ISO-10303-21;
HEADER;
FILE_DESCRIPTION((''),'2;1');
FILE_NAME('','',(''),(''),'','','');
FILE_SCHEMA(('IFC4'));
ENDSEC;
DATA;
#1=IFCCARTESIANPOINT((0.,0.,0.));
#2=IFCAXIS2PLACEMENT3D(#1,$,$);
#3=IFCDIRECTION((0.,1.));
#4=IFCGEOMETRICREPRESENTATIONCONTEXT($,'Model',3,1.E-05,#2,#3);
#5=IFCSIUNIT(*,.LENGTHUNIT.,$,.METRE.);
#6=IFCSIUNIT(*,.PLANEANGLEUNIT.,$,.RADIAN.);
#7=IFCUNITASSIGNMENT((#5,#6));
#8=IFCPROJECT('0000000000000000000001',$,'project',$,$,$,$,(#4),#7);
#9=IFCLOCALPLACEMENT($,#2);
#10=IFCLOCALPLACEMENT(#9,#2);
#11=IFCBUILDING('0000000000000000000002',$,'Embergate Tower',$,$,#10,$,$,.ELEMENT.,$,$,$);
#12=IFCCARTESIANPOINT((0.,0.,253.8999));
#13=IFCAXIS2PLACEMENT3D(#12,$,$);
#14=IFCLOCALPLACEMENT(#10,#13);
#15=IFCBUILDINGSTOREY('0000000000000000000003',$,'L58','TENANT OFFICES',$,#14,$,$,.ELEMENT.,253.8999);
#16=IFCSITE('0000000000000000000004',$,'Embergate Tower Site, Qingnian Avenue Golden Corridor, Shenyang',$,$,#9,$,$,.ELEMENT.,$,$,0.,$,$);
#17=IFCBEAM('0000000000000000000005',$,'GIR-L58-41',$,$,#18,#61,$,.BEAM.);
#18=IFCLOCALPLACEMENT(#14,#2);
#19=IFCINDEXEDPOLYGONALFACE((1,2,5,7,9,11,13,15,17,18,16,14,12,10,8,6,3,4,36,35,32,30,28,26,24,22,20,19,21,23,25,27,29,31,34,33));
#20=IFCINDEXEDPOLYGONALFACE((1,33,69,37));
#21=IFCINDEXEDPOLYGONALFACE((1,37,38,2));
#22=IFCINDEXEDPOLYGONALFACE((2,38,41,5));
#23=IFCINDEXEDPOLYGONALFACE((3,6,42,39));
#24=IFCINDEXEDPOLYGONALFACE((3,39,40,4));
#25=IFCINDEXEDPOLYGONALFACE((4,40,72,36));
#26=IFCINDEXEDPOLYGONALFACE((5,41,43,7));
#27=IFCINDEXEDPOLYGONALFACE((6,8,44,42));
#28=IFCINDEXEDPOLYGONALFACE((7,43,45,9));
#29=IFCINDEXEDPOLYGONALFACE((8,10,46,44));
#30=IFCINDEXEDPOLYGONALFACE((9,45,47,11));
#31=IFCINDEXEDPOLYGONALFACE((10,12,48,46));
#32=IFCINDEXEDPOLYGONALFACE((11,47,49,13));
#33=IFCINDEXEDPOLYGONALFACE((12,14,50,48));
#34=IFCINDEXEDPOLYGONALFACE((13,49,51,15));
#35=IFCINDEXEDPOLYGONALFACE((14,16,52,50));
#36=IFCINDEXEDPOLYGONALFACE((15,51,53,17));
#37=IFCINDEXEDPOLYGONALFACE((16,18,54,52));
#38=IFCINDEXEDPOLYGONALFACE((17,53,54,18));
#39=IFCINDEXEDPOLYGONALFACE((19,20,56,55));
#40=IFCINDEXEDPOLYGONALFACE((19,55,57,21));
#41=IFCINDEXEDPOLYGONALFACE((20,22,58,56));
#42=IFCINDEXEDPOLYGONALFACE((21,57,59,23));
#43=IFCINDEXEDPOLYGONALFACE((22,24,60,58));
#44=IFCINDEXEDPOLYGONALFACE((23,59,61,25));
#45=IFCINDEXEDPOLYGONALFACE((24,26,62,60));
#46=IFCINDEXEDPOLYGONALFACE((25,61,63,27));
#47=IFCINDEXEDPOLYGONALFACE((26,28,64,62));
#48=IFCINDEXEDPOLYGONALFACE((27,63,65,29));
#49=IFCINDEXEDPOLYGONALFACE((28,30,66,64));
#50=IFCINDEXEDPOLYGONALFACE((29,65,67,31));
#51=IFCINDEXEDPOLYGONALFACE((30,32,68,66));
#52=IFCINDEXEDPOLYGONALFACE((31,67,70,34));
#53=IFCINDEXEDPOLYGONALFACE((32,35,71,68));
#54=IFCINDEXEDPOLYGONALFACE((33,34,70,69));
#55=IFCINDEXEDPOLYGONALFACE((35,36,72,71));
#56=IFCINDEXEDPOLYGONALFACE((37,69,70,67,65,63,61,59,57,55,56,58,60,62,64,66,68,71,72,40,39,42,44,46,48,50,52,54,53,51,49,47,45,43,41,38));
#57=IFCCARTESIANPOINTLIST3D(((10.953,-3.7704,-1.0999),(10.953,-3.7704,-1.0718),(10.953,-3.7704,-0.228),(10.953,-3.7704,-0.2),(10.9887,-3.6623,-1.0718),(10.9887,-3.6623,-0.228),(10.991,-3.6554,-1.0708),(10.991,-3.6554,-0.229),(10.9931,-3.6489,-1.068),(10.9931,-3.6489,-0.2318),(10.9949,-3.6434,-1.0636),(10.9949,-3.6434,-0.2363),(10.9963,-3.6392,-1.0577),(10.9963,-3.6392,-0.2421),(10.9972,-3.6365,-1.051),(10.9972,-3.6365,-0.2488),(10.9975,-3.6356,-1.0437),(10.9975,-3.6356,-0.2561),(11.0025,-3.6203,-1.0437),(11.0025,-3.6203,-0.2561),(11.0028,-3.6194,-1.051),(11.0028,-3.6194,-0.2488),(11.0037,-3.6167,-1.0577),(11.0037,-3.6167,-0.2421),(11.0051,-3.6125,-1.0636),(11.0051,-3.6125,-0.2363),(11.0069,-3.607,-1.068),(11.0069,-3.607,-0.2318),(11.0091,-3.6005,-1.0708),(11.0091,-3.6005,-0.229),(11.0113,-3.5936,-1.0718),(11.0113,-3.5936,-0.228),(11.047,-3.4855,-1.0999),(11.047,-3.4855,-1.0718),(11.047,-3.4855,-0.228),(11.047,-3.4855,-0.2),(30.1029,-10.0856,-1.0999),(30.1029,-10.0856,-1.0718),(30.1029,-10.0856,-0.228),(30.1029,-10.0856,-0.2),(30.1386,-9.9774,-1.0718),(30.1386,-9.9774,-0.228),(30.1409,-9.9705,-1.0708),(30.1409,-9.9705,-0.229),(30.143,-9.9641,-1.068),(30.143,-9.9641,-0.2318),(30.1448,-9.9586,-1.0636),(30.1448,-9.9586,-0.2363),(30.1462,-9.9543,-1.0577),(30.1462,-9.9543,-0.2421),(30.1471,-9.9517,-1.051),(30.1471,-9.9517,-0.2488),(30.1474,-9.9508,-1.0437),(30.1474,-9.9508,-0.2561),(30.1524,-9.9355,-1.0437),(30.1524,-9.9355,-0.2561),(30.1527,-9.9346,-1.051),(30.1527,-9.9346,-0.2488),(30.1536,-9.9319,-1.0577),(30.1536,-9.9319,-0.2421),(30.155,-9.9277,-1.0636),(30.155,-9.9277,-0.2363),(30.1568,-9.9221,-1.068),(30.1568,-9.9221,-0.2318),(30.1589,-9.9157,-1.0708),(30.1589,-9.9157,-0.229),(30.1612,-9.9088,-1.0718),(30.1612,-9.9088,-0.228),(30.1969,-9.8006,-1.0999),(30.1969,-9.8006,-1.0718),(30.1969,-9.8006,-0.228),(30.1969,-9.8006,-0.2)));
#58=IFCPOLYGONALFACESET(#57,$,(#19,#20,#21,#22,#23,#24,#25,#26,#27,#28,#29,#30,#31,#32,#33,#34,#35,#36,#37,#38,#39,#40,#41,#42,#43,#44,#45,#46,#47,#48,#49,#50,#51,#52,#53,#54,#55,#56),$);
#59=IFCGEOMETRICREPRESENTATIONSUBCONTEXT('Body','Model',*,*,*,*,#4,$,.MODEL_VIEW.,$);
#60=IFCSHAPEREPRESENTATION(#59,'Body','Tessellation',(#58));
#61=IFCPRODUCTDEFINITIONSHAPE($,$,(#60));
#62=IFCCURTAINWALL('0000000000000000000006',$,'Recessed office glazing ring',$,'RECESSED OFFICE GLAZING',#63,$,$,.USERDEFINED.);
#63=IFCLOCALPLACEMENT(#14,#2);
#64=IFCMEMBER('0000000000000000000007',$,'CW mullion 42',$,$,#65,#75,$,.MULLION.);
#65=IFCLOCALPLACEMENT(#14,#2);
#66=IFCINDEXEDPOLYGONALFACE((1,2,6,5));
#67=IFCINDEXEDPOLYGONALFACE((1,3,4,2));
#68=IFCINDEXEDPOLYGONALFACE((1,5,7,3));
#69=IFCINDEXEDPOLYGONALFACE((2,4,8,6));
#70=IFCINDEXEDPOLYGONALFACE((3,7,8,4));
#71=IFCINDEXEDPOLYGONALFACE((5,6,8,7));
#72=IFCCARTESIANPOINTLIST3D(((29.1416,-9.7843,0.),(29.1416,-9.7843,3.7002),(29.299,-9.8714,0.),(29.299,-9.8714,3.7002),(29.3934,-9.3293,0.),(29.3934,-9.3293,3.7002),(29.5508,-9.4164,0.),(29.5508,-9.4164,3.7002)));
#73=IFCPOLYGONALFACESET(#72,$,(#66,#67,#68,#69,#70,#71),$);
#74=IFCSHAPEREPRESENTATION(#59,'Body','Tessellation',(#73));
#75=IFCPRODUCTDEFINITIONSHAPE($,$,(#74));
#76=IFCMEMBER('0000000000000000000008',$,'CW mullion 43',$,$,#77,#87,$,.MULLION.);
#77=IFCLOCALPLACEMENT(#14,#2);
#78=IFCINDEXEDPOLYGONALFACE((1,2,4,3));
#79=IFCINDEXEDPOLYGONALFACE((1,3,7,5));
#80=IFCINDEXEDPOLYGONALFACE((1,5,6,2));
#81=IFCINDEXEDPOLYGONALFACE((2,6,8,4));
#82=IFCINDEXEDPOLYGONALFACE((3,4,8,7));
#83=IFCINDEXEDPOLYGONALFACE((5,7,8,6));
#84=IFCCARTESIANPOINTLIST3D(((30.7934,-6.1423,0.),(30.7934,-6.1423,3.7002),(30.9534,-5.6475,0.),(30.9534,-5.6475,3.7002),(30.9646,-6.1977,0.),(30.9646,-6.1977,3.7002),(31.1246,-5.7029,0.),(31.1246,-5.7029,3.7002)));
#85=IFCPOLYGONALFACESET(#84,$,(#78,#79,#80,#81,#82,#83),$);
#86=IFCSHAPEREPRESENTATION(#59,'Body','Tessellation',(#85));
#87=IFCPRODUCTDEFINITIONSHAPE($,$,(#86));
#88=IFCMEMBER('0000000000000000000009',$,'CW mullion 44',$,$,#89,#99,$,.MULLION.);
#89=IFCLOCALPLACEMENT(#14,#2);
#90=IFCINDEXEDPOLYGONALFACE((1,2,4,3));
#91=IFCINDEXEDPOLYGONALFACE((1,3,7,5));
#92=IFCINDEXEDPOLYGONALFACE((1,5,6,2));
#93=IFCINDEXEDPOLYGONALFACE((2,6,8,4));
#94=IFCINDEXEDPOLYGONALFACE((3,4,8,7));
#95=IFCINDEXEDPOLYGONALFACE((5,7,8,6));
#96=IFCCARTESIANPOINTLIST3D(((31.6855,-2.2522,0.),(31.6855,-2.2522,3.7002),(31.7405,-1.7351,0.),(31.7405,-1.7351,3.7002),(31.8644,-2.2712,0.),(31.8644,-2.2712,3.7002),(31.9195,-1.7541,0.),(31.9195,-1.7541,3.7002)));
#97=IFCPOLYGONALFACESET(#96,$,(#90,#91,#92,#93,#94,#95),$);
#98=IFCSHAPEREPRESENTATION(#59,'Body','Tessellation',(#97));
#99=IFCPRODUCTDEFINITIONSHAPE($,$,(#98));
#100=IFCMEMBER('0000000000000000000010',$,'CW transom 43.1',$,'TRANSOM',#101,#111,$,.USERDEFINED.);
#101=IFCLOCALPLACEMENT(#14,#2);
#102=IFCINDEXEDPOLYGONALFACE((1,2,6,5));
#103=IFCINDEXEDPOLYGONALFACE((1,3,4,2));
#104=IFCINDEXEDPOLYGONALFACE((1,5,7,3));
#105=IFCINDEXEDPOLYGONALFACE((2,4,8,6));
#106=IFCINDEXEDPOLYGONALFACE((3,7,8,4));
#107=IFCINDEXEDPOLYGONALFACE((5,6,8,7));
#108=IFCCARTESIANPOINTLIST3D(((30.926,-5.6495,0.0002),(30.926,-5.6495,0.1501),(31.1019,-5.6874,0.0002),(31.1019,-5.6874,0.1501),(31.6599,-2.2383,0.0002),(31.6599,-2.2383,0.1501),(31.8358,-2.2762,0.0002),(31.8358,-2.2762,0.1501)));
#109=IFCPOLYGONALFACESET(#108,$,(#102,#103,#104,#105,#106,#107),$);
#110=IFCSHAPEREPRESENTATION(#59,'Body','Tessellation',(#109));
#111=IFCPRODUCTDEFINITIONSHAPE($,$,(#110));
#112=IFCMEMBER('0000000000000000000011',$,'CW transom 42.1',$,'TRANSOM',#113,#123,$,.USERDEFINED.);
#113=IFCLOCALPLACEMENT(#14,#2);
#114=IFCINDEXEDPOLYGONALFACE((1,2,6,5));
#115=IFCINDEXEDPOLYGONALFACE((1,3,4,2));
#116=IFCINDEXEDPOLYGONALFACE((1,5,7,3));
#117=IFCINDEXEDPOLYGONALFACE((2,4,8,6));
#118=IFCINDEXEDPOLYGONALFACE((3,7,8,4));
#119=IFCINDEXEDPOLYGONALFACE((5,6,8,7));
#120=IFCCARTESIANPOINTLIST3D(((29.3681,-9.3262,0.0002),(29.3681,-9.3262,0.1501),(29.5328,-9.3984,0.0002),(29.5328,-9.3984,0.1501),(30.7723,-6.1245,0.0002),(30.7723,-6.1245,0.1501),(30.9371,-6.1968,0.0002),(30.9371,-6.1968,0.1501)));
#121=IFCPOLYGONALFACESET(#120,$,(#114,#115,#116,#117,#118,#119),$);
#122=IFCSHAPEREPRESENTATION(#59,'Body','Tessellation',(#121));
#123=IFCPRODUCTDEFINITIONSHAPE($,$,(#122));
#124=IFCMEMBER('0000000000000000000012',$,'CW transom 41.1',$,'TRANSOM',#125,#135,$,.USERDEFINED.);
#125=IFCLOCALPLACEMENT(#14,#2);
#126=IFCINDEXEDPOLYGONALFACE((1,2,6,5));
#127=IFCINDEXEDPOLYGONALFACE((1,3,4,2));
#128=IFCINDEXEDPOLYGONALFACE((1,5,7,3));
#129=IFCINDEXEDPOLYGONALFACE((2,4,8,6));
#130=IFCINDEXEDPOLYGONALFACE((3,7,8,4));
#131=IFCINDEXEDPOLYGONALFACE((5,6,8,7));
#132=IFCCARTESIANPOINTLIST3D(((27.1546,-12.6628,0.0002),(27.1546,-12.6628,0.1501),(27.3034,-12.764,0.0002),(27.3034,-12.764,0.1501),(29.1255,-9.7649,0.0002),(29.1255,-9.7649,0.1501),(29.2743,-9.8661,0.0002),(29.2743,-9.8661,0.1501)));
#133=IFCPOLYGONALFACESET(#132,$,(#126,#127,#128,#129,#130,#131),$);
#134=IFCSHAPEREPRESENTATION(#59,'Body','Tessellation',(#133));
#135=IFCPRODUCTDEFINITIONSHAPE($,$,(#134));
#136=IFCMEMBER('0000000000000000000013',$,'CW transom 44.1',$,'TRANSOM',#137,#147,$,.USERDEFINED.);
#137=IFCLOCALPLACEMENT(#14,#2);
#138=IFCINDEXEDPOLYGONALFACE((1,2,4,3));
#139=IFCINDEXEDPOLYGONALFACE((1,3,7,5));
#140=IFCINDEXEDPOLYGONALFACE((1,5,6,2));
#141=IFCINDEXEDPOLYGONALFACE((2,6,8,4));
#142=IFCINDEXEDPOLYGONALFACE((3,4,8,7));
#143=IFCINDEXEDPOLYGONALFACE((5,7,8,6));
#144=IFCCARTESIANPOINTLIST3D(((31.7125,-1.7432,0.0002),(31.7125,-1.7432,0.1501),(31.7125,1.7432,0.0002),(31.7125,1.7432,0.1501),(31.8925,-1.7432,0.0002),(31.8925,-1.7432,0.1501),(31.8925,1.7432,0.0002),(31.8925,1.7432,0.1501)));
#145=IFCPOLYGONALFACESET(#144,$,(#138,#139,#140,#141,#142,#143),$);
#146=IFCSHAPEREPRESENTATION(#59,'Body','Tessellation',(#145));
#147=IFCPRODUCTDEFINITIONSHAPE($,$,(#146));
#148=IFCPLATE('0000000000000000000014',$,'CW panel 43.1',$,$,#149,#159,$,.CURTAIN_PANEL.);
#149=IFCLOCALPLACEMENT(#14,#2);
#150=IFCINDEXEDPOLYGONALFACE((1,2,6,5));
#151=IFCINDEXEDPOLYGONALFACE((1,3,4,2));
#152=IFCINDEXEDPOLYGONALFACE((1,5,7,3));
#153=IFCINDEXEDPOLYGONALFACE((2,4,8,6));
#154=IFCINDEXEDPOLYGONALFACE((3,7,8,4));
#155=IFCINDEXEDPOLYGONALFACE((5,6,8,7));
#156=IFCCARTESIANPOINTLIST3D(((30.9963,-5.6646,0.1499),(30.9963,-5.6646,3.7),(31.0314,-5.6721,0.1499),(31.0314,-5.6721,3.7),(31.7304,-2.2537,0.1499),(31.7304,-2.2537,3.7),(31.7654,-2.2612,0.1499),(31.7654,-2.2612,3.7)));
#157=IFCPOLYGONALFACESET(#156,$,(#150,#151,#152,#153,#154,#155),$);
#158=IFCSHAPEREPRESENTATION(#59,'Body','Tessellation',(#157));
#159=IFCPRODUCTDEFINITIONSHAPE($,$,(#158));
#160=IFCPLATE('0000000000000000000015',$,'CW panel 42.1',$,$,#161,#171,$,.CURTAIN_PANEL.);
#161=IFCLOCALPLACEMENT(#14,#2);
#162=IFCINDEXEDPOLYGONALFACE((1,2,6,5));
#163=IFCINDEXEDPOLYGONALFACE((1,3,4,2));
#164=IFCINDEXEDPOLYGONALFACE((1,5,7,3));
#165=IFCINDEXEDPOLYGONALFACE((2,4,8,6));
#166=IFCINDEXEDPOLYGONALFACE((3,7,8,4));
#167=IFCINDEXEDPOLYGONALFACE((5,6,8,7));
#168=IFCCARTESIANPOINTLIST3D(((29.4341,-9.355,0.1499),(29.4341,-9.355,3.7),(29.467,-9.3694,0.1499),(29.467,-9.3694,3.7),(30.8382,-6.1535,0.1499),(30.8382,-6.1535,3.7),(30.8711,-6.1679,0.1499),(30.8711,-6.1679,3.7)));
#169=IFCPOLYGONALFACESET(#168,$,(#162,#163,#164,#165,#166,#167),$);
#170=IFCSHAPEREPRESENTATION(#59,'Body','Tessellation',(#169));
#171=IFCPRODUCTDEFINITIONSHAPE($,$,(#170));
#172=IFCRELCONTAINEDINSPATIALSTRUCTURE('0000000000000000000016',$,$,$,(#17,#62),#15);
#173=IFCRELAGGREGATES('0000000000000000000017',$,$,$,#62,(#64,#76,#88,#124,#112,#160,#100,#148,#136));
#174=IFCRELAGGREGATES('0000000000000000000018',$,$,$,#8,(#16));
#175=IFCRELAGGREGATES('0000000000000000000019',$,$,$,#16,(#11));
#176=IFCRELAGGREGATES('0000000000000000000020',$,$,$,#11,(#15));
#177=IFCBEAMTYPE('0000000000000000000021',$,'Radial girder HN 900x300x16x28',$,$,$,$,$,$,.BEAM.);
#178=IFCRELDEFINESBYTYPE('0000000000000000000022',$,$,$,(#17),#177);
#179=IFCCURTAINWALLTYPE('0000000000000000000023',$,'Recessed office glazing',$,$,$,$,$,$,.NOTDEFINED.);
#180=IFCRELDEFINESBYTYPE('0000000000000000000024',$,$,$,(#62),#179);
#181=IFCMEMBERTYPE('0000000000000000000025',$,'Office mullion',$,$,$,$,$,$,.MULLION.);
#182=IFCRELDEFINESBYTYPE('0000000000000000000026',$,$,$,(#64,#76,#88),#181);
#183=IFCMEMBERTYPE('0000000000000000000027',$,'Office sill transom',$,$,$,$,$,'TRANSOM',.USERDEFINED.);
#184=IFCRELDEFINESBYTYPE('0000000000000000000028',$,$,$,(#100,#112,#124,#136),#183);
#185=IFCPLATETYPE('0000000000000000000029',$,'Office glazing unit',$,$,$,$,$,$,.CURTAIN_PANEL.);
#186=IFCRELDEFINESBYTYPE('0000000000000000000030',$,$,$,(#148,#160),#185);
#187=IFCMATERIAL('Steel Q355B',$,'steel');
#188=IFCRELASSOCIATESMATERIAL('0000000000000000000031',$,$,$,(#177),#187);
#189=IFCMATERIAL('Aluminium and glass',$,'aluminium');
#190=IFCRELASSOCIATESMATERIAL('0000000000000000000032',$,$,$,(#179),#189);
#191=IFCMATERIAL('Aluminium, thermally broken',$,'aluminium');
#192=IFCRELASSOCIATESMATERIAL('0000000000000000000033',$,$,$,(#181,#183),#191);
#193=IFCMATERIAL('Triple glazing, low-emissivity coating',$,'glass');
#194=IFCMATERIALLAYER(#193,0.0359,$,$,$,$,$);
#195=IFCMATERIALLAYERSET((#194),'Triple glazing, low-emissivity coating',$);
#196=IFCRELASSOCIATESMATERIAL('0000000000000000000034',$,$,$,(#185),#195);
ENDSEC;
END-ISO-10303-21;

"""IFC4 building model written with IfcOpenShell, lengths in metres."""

from ifc_helpers import new_model, si_unit, direction, frame, origin, origin_2d, place, context, subcontext, project, spatial, rectangle, i_section, extrude, source, transform, mapped, material, layer, layer_set, material_profile, profile_set, type_object, element, aggregate, save


model = new_model("IFC4")

# Units and contexts
model_context = context("Model", 3, precision=1e-05, world=origin(), true_north=direction((0.0, 1.0)))
body_context = subcontext(model_context, "Body", "Model", "MODEL_VIEW")
ifc_project = project(units=[si_unit("LENGTHUNIT", "METRE"), si_unit("PLANEANGLEUNIT", "RADIAN")], contexts=[model_context])

# Site, building, storey
site_placement = place(None, origin())
site = spatial("IfcSite", under=ifc_project, at=site_placement, Name="Embergate Tower Site, Qingnian Avenue Golden Corridor, Shenyang", CompositionType="ELEMENT", RefElevation=0.0)
building_placement = place(site_placement, origin())
building = spatial("IfcBuilding", under=site, at=building_placement, Name="Embergate Tower", CompositionType="ELEMENT")
storey_placement = place(building_placement, frame((0.0, 0.0, 253.8999)))
storey = spatial("IfcBuildingStorey", under=building, at=storey_placement, Name="L58", Description="TENANT OFFICES", CompositionType="ELEMENT", Elevation=253.8999)

# Beam
ifc_material_1 = material(Name="Steel Q355B", Category="steel")
ifc_material_profile_1 = material_profile(ifc_material_1, i_section(OverallWidth=0.3, OverallDepth=0.8999, WebThickness=0.0161, FlangeThickness=0.0281, FilletRadius=0.0281, at=origin_2d()), Name="HN 900x300x16x28")
ifc_profile_set_1 = profile_set([ifc_material_profile_1], Name="Steel Q355 grade B")
beam_type_1 = type_object("IfcBeamType", Name="Radial girder HN 900x300x16x28", PredefinedType="BEAM", material=ifc_profile_set_1)
shared_shape_1 = source(origin(), body_context, "Body", "SweptSolid", [
    extrude(i_section(OverallWidth=0.3, OverallDepth=0.8999, WebThickness=0.0161, FlangeThickness=0.0281, FilletRadius=0.0281, at=origin_2d()), origin(), (0.0, 0.0, 1.0), 20.1643),
])
beam_1_placement = place(storey_placement, frame((30.1499, -9.9431, -0.6499), z_axis=(-0.949692, 0.313186, 0.0), x_axis=(-0.313186, -0.949692, 0.0)))
element("IfcBeam", 1, at=beam_1_placement, inside=storey, type_object=beam_type_1, Name="GIR-L58-41", PredefinedType="BEAM", context=body_context, shape_type="MappedRepresentation", body=[
    mapped(shared_shape_1, transform((0.0, 0.0, 0.0))),
])

# Curtain wall, members, plates
ifc_material_2 = material(Name="Aluminium and glass", Category="aluminium")
curtain_wall_type = type_object("IfcCurtainWallType", Name="Recessed office glazing", PredefinedType="NOTDEFINED", material=ifc_material_2)
curtain_wall_placement = place(storey_placement, origin())
curtain_wall = element("IfcCurtainWall", 2, at=curtain_wall_placement, inside=storey, type_object=curtain_wall_type, Name="Recessed office glazing ring", ObjectType="RECESSED OFFICE GLAZING", PredefinedType="USERDEFINED")
ifc_material_3 = material(Name="Aluminium, thermally broken", Category="aluminium")
ifc_material_profile_2 = material_profile(ifc_material_3, rectangle(XDim=0.1799, YDim=0.52, at=origin_2d()), Name="AL 520x180")
ifc_profile_set_2 = profile_set([ifc_material_profile_2], Name="Aluminium, thermally broken")
member_type_1 = type_object("IfcMemberType", Name="Office mullion", PredefinedType="MULLION", material=ifc_profile_set_2)
shared_shape_2 = source(origin(), body_context, "Body", "SweptSolid", [
    extrude(rectangle(XDim=0.1799, YDim=0.52, at=origin_2d()), origin(), (0.0, 0.0, 1.0), 3.7002),
])
member_1_placement = place(storey_placement, frame((29.3462, -9.6003, 0.0), z_axis=(0.0, 0.0, 1.0), x_axis=(-0.874994, 0.484133, 0.0)))
member_1 = element("IfcMember", 3, at=member_1_placement, type_object=member_type_1, Name="CW mullion 42", PredefinedType="MULLION", context=body_context, shape_type="MappedRepresentation", body=[
    mapped(shared_shape_2, transform((0.0, 0.0, 0.0))),
])
member_2_placement = place(storey_placement, frame((30.959, -5.9226, 0.0), z_axis=(0.0, 0.0, 1.0), x_axis=(-0.951494, 0.307667, 0.0)))
member_2 = element("IfcMember", 4, at=member_2_placement, type_object=member_type_1, Name="CW mullion 43", PredefinedType="MULLION", context=body_context, shape_type="MappedRepresentation", body=[
    mapped(shared_shape_2, transform((0.0, 0.0, 0.0))),
])
member_3_placement = place(storey_placement, frame((31.8025, -2.0032, 0.0), z_axis=(0.0, 0.0, 1.0), x_axis=(-0.994384, 0.105828, 0.0)))
member_3 = element("IfcMember", 5, at=member_3_placement, type_object=member_type_1, Name="CW mullion 44", PredefinedType="MULLION", context=body_context, shape_type="MappedRepresentation", body=[
    mapped(shared_shape_2, transform((0.0, 0.0, 0.0))),
])
ifc_material_profile_3 = material_profile(ifc_material_3, rectangle(XDim=0.1799, YDim=0.1499, at=origin_2d()), Name="AL 150x180")
ifc_profile_set_3 = profile_set([ifc_material_profile_3], Name="Aluminium, thermally broken")
member_type_2 = type_object("IfcMemberType", Name="Office sill transom", ElementType="TRANSOM", PredefinedType="USERDEFINED", material=ifc_profile_set_3)
shared_shape_3 = source(origin(), body_context, "Body", "SweptSolid", [
    extrude(rectangle(XDim=0.1799, YDim=0.1499, at=origin_2d()), origin(), (0.0, 0.0, 1.0), 3.4893),
])
member_4_placement = place(storey_placement, frame((31.0139, -5.6685, 0.0752), z_axis=(0.210332, 0.97763, 0.0), x_axis=(-0.97763, 0.210332, 0.0)))
member_4 = element("IfcMember", 6, at=member_4_placement, type_object=member_type_2, Name="CW transom 43.1", ObjectType="TRANSOM", PredefinedType="USERDEFINED", context=body_context, shape_type="MappedRepresentation", body=[
    mapped(shared_shape_3, transform((0.0, 0.0, 0.0))),
])
shared_shape_4 = source(origin(), body_context, "Body", "SweptSolid", [
    extrude(rectangle(XDim=0.1799, YDim=0.1499, at=origin_2d()), origin(), (0.0, 0.0, 1.0), 3.4961),
])
member_5_placement = place(storey_placement, frame((29.4504, -9.3623, 0.0752), z_axis=(0.401676, 0.915782, 0.0), x_axis=(-0.915782, 0.401676, 0.0)))
member_5 = element("IfcMember", 7, at=member_5_placement, type_object=member_type_2, Name="CW transom 42.1", ObjectType="TRANSOM", PredefinedType="USERDEFINED", context=body_context, shape_type="MappedRepresentation", body=[
    mapped(shared_shape_4, transform((0.0, 0.0, 0.0))),
])
shared_shape_5 = source(origin(), body_context, "Body", "SweptSolid", [
    extrude(rectangle(XDim=0.1799, YDim=0.1499, at=origin_2d()), origin(), (0.0, 0.0, 1.0), 3.5046),
])
member_6_placement = place(storey_placement, frame((27.229, -12.7134, 0.0752), z_axis=(0.562377, 0.826881, 0.0), x_axis=(-0.826881, 0.562377, 0.0)))
member_6 = element("IfcMember", 8, at=member_6_placement, type_object=member_type_2, Name="CW transom 41.1", ObjectType="TRANSOM", PredefinedType="USERDEFINED", context=body_context, shape_type="MappedRepresentation", body=[
    mapped(shared_shape_5, transform((0.0, 0.0, 0.0))),
])
shared_shape_6 = source(origin(), body_context, "Body", "SweptSolid", [
    extrude(rectangle(XDim=0.1799, YDim=0.1499, at=origin_2d()), origin(), (0.0, 0.0, 1.0), 3.4863),
])
member_7_placement = place(storey_placement, frame((31.8025, -1.7432, 0.0752), z_axis=(0.0, 1.0, 0.0), x_axis=(-1.0, 0.0, 0.0)))
member_7 = element("IfcMember", 9, at=member_7_placement, type_object=member_type_2, Name="CW transom 44.1", ObjectType="TRANSOM", PredefinedType="USERDEFINED", context=body_context, shape_type="MappedRepresentation", body=[
    mapped(shared_shape_6, transform((0.0, 0.0, 0.0))),
])
ifc_material_4 = material(Name="Triple glazing, low-emissivity coating", Category="glass")
ifc_layer_1 = layer(ifc_material_4, 0.0359)
ifc_layer_set_1 = layer_set([ifc_layer_1], Name="Triple glazing, low-emissivity coating")
plate_type = type_object("IfcPlateType", Name="Office glazing unit", PredefinedType="CURTAIN_PANEL", material=ifc_layer_set_1)
shared_shape_7 = source(origin(), body_context, "Body", "SweptSolid", [
    extrude(rectangle(XDim=3.489, YDim=0.0359, at=origin_2d()), origin(), (0.0, 0.0, 1.0), 3.55),
])
plate_1_placement = place(storey_placement, frame((31.3809, -3.9629, 0.1499), z_axis=(0.0, 0.0, 1.0), x_axis=(0.210402, 0.977615, 0.0)))
plate_1 = element("IfcPlate", 10, at=plate_1_placement, type_object=plate_type, Name="CW panel 43.1", PredefinedType="CURTAIN_PANEL", context=body_context, shape_type="MappedRepresentation", body=[
    mapped(shared_shape_7, transform((0.0, 0.0, 0.0))),
])
shared_shape_8 = source(origin(), body_context, "Body", "SweptSolid", [
    extrude(rectangle(XDim=3.4958, YDim=0.0359, at=origin_2d()), origin(), (0.0, 0.0, 1.0), 3.55),
])
plate_2_placement = place(storey_placement, frame((30.1526, -7.7615, 0.1499), z_axis=(0.0, 0.0, 1.0), x_axis=(0.401657, 0.91579, 0.0)))
plate_2 = element("IfcPlate", 11, at=plate_2_placement, type_object=plate_type, Name="CW panel 42.1", PredefinedType="CURTAIN_PANEL", context=body_context, shape_type="MappedRepresentation", body=[
    mapped(shared_shape_8, transform((0.0, 0.0, 0.0))),
])
aggregate(curtain_wall, [member_1, member_2, member_3, member_6, member_5, plate_2, member_4, plate_1, member_7])

save(model, "model.ifc")
